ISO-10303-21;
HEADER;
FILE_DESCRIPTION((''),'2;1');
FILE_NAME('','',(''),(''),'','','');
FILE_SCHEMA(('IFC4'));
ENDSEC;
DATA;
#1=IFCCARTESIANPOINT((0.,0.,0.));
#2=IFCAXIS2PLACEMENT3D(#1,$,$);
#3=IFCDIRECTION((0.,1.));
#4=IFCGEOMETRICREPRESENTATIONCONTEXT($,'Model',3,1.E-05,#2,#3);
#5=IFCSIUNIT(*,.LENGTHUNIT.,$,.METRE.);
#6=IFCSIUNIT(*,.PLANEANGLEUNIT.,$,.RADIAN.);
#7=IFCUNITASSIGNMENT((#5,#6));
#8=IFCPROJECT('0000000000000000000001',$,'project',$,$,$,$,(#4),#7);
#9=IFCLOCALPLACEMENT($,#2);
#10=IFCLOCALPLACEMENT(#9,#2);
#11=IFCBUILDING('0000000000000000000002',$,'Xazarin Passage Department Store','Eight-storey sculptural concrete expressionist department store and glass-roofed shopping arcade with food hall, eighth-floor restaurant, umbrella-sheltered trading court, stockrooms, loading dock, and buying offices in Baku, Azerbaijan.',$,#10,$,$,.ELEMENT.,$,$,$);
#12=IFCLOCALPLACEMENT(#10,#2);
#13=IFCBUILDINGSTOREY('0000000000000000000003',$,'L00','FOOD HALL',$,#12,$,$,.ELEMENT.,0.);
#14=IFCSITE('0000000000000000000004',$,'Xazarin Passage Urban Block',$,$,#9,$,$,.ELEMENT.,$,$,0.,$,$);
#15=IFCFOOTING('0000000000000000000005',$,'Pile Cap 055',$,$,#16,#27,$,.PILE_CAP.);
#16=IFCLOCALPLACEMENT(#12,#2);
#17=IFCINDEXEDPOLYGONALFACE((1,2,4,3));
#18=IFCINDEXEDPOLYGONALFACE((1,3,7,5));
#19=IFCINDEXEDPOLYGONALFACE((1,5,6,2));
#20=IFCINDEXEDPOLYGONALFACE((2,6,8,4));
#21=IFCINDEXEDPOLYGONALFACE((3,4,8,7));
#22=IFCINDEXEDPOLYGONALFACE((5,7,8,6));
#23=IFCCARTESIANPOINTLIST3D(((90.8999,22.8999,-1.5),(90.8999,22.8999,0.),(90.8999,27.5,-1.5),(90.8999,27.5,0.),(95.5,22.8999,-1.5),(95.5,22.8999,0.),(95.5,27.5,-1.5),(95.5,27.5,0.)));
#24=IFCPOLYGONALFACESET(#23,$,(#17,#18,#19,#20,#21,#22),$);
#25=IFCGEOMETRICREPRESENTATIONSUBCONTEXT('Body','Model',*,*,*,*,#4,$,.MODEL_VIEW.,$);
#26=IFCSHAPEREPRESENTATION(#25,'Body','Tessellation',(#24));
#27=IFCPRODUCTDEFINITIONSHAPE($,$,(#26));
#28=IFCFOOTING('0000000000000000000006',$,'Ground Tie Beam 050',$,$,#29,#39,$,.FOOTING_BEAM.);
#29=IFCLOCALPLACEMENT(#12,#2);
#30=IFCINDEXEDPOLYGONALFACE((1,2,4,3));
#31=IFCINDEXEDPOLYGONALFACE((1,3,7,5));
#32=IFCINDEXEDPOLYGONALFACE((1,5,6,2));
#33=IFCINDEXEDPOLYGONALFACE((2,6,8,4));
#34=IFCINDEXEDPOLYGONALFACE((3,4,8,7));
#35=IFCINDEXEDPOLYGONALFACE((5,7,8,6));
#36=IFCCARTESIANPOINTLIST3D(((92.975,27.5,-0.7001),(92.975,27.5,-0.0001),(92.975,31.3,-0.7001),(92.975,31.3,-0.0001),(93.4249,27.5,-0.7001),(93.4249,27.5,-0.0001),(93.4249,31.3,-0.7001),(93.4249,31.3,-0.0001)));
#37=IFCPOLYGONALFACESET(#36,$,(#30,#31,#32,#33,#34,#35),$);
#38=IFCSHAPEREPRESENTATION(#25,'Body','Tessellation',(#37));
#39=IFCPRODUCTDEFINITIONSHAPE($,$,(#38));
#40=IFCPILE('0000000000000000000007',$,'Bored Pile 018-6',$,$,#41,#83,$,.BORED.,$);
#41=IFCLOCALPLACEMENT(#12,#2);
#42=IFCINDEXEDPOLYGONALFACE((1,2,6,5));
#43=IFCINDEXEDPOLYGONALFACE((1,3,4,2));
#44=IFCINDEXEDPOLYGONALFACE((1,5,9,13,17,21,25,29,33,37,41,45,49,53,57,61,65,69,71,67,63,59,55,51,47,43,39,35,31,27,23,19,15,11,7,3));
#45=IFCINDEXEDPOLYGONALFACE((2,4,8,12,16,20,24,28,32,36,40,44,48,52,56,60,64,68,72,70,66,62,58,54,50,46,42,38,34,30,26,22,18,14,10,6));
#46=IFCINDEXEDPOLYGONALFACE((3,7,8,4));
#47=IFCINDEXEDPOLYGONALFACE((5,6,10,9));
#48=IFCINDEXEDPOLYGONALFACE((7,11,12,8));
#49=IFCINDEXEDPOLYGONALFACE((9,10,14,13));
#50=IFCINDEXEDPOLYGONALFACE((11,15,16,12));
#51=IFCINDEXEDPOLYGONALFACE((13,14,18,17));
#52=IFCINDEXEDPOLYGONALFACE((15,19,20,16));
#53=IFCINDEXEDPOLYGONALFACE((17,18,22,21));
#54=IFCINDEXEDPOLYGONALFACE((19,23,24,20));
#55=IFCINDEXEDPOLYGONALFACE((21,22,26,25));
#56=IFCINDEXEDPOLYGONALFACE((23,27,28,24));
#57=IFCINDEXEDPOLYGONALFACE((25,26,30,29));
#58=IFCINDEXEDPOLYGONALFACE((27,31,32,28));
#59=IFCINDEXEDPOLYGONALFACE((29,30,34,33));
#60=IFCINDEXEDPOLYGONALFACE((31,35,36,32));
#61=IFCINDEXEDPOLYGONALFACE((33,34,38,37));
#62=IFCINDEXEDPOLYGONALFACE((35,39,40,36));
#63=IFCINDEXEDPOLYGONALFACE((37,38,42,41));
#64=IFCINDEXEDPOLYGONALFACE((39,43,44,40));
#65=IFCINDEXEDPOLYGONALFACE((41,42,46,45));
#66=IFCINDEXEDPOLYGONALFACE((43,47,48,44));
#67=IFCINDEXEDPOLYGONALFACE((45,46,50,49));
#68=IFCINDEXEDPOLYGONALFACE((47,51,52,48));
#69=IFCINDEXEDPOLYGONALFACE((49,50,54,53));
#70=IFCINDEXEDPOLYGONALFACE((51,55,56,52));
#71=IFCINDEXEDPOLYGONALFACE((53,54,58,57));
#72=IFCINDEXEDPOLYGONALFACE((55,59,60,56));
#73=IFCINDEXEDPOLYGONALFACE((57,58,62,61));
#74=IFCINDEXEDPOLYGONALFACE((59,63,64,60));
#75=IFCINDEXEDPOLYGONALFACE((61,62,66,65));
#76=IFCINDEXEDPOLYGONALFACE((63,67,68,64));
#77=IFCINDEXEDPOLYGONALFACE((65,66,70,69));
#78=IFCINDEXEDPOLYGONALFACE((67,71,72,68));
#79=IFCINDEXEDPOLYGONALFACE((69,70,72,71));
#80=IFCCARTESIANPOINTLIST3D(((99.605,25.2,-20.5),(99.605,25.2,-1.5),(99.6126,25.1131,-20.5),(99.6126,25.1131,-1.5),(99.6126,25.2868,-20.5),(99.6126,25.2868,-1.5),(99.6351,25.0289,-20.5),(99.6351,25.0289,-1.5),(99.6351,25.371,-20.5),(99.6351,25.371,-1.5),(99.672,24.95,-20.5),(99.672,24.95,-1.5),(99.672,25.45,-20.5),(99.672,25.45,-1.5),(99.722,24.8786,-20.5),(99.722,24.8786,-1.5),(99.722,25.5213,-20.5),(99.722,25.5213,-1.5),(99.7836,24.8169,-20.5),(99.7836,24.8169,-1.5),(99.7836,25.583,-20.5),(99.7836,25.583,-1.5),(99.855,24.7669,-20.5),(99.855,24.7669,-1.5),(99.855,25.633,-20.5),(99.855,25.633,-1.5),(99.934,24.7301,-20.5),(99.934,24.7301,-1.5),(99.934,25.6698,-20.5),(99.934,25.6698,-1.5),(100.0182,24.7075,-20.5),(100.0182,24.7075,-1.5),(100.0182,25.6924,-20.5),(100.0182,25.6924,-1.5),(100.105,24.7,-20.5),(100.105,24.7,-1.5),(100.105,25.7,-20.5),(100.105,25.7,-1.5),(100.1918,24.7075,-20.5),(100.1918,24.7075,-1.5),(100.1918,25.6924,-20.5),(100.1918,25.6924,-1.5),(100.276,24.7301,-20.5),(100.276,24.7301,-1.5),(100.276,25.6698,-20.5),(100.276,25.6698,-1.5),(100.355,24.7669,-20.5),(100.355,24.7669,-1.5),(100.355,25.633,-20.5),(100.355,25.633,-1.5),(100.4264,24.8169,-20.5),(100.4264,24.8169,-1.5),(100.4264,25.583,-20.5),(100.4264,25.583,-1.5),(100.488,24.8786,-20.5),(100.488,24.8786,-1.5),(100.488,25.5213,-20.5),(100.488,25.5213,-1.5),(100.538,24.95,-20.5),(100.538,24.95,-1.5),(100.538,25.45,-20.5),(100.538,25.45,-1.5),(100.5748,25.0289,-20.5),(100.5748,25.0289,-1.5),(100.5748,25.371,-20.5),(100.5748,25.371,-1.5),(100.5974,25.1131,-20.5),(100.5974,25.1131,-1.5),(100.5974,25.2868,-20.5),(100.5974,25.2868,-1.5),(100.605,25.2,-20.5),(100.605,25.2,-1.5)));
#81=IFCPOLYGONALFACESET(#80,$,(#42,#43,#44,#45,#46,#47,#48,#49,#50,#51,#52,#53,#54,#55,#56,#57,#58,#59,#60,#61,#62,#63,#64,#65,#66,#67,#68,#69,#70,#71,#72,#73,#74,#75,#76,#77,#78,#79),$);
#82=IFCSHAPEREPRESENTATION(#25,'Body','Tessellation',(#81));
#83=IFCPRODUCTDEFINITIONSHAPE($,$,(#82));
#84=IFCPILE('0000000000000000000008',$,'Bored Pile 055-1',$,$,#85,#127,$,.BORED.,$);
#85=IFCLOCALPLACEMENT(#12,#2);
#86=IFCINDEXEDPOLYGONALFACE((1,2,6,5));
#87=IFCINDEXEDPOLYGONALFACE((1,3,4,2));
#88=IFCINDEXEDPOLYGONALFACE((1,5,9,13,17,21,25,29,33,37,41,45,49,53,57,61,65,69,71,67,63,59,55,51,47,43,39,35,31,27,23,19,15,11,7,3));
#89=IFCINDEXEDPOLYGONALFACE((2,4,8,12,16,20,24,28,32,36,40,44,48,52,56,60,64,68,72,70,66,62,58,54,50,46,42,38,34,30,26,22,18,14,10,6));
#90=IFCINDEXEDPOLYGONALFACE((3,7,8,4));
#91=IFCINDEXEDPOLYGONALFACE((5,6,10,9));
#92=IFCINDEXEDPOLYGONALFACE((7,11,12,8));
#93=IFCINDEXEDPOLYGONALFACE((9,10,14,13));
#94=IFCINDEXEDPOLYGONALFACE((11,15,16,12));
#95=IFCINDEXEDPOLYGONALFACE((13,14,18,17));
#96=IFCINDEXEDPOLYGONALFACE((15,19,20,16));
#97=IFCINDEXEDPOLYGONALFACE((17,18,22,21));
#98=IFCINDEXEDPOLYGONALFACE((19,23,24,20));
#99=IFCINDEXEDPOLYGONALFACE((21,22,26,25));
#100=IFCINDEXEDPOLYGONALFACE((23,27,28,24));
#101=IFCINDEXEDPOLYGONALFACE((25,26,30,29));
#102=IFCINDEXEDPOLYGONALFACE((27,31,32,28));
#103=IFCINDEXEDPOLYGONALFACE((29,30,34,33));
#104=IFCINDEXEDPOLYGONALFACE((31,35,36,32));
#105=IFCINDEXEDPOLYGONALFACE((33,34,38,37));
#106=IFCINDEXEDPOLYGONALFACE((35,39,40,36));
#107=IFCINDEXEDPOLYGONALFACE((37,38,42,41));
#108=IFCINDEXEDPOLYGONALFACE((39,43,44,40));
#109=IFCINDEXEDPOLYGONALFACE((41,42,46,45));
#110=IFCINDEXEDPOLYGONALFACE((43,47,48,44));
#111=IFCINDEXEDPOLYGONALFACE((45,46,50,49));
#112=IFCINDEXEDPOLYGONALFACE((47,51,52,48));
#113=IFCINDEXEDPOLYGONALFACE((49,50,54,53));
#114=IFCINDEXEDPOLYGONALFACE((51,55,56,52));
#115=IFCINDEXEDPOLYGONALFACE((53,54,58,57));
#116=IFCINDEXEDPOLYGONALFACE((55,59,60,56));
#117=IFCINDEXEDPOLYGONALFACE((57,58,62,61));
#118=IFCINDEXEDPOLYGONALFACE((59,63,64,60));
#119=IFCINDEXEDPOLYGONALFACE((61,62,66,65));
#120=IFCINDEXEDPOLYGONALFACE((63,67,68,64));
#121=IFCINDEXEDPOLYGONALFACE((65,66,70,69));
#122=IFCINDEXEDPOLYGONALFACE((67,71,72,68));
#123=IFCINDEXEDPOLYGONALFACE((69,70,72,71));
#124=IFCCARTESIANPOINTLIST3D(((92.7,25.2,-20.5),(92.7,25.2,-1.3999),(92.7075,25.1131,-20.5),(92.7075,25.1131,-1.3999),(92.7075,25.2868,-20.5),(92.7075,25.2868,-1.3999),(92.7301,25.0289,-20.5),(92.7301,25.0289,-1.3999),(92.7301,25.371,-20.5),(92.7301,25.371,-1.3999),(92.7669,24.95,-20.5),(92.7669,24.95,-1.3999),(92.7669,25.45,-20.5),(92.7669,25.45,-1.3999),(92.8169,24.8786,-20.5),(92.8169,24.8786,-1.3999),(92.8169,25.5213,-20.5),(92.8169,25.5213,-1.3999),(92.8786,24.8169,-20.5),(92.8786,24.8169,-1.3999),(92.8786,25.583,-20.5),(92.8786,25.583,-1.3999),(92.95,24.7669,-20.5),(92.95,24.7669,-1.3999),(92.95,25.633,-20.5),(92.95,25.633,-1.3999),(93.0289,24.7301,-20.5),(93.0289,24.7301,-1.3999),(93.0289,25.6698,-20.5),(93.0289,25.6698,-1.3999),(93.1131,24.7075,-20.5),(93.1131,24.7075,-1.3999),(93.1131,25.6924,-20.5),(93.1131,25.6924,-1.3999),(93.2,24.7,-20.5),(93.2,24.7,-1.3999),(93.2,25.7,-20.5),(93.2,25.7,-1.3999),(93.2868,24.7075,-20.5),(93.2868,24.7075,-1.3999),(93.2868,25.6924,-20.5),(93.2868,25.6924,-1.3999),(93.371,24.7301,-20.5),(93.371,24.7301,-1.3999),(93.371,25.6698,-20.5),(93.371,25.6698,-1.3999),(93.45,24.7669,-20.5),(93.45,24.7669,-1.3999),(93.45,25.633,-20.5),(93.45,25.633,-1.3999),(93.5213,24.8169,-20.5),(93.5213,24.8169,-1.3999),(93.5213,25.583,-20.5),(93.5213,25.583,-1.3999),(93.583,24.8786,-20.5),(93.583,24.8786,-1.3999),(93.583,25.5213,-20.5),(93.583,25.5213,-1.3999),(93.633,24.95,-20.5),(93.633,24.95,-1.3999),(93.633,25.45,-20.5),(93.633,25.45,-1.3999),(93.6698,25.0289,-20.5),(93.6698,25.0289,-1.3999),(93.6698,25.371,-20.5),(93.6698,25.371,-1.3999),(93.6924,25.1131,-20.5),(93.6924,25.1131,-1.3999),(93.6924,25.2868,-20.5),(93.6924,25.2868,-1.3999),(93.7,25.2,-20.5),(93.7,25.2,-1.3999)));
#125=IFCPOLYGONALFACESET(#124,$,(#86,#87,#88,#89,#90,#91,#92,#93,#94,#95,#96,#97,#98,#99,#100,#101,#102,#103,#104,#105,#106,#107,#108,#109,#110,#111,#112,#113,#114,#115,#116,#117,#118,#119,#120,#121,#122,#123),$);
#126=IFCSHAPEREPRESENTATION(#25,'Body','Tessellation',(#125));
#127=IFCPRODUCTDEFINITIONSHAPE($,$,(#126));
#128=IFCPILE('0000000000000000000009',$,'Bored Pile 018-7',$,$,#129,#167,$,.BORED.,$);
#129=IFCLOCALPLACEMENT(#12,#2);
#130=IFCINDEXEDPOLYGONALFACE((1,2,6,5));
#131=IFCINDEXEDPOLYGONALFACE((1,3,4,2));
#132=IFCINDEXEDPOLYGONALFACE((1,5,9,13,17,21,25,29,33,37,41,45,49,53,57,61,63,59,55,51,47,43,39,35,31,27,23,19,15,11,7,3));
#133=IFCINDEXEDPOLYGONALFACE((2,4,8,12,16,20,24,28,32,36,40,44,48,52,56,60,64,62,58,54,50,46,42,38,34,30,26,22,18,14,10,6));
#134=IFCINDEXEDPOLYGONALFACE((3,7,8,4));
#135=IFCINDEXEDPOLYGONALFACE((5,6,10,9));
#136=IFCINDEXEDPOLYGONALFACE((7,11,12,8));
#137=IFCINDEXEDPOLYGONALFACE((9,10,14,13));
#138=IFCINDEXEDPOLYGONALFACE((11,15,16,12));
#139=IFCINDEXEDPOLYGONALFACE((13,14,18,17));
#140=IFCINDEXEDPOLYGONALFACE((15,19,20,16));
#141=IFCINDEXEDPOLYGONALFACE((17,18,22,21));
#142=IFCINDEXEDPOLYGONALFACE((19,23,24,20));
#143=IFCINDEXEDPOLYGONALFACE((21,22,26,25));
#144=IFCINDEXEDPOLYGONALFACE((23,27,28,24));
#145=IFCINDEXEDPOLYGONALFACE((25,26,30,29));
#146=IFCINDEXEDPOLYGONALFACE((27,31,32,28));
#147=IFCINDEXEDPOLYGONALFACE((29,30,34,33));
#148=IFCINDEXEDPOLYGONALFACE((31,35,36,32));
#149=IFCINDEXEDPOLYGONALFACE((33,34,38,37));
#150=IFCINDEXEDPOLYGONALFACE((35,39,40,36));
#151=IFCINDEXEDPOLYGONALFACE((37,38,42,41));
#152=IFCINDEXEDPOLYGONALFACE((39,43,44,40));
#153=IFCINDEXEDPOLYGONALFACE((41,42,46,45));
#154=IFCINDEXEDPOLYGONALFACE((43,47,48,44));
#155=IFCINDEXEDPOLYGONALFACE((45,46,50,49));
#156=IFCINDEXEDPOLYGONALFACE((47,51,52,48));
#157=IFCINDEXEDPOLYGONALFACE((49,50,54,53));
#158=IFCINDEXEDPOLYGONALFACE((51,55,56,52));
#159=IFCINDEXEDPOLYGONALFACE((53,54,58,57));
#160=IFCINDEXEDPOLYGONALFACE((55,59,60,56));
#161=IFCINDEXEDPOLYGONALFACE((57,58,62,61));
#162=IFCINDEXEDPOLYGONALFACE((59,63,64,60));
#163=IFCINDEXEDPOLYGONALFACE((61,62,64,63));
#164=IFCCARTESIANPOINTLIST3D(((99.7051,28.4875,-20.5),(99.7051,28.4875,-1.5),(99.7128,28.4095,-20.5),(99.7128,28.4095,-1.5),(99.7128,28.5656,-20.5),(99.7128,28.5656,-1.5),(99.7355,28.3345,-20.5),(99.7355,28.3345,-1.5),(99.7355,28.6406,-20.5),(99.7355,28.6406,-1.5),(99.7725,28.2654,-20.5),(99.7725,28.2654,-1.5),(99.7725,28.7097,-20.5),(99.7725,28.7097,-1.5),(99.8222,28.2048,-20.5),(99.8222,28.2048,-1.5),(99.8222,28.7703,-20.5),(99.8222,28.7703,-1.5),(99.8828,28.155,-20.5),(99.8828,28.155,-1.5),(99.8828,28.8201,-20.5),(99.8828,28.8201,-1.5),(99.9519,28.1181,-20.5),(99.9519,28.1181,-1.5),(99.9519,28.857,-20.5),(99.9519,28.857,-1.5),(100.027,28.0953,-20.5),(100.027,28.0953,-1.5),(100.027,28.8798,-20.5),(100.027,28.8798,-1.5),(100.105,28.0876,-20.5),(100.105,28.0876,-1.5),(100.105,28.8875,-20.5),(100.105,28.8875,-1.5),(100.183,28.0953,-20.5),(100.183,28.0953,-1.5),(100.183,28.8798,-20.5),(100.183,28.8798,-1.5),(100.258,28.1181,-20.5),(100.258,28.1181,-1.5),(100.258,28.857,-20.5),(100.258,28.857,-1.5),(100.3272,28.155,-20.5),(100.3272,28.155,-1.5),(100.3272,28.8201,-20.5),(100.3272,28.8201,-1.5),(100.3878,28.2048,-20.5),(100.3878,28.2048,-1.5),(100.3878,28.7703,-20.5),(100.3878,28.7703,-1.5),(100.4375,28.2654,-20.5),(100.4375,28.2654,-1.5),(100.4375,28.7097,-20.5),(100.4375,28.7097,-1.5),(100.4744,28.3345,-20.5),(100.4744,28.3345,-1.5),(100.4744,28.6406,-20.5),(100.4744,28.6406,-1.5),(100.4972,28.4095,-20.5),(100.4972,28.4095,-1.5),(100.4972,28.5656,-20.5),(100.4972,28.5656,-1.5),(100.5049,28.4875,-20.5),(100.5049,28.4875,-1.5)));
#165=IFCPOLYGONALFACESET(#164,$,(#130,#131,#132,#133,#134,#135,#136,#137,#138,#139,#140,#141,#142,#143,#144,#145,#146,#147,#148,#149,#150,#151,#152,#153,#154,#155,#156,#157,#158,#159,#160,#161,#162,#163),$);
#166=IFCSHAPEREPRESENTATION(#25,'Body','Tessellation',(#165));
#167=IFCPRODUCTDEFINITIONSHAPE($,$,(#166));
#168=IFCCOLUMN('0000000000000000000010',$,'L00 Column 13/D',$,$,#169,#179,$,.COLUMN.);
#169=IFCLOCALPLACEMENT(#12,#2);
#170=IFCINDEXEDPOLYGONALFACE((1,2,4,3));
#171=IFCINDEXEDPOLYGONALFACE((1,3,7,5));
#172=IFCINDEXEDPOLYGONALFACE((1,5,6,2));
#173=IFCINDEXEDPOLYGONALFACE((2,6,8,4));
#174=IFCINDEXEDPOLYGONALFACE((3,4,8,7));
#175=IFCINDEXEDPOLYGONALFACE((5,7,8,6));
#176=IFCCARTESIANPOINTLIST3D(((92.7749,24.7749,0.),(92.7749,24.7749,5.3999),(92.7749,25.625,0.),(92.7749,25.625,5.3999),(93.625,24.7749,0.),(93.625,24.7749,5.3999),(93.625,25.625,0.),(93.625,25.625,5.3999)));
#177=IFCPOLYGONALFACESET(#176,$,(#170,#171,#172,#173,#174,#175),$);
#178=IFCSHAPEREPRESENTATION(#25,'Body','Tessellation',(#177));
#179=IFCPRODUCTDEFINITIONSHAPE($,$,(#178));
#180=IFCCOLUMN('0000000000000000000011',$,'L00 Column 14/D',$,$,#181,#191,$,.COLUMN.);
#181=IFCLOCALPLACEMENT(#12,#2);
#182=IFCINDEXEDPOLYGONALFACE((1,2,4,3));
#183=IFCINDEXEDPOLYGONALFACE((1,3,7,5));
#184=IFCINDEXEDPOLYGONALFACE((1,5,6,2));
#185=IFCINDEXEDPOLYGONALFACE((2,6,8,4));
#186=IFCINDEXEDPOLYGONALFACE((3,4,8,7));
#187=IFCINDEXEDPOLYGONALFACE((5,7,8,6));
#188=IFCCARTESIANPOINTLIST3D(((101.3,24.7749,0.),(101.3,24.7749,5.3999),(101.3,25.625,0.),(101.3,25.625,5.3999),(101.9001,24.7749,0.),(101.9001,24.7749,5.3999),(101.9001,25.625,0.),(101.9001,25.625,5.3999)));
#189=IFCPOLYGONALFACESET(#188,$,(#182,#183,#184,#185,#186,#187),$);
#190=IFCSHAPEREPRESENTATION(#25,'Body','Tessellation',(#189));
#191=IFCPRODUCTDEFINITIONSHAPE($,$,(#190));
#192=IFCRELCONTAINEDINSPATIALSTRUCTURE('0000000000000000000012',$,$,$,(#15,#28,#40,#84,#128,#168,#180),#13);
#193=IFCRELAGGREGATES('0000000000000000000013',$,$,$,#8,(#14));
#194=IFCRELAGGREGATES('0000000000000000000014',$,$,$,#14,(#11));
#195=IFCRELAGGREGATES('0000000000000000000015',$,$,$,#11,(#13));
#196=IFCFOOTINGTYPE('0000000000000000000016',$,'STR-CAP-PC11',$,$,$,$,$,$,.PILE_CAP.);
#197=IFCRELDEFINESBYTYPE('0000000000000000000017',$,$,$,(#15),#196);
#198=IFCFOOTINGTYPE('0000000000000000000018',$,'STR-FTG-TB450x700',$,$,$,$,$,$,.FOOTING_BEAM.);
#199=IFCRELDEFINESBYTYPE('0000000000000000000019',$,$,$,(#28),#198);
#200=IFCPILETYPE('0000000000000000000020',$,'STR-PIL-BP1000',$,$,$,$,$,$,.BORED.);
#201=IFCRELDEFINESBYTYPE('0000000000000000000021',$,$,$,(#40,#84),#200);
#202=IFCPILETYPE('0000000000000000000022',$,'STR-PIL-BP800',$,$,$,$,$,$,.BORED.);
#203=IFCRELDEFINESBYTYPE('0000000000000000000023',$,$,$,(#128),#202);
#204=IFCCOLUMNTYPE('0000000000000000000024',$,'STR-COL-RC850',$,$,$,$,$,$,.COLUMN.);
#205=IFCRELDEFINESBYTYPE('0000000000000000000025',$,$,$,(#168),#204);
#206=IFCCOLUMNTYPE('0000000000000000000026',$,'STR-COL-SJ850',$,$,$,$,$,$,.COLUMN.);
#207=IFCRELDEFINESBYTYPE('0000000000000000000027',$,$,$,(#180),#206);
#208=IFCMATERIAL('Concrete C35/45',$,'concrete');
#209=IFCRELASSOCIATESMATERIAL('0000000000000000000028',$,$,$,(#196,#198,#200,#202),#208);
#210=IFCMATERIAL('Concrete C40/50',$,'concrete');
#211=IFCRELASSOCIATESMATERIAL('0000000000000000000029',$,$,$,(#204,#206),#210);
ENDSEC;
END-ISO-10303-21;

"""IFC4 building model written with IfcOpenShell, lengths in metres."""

from ifc_helpers import new_model, si_unit, direction, frame, origin, origin_2d, place, context, subcontext, project, spatial, rectangle, circle, extrude, material, material_profile, profile_set, type_object, element, save


model = new_model("IFC4")

# Units and contexts
model_context = context("Model", 3, precision=1e-05, world=origin(), true_north=direction((0.0, 1.0)))
body_context = subcontext(model_context, "Body", "Model", "MODEL_VIEW")
ifc_project = project(units=[si_unit("LENGTHUNIT", "METRE"), si_unit("PLANEANGLEUNIT", "RADIAN")], contexts=[model_context])

# Site, building, storey
site_placement = place(None, origin())
site = spatial("IfcSite", under=ifc_project, at=site_placement, Name="Xazarin Passage Urban Block", CompositionType="ELEMENT", RefElevation=0.0)
building_placement = place(site_placement, origin())
building = spatial("IfcBuilding", under=site, at=building_placement, Name="Xazarin Passage Department Store", Description="Eight-storey sculptural concrete expressionist department store and glass-roofed shopping arcade with food hall, eighth-floor restaurant, umbrella-sheltered trading court, stockrooms, loading dock, and buying offices in Baku, Azerbaijan.", CompositionType="ELEMENT")
storey_placement = place(building_placement, origin())
storey = spatial("IfcBuildingStorey", under=building, at=storey_placement, Name="L00", Description="FOOD HALL", CompositionType="ELEMENT", Elevation=0.0)

# Footings
ifc_material_1 = material(Name="Concrete C35/45", Category="concrete")
footing_type_1 = type_object("IfcFootingType", Name="STR-CAP-PC11", PredefinedType="PILE_CAP", material=ifc_material_1)
footing_1_placement = place(storey_placement, frame((93.2, 25.2, -1.5), z_axis=(0.0, 0.0, 1.0), x_axis=(1.0, 0.0, 0.0)))
element("IfcFooting", 1, at=footing_1_placement, inside=storey, type_object=footing_type_1, Name="Pile Cap 055", PredefinedType="PILE_CAP", context=body_context, shape_type="SweptSolid", body=[
    extrude(rectangle(XDim=4.6001, YDim=4.6001, at=origin_2d()), origin(), (0.0, 0.0, 1.0), 1.5),
])
ifc_material_profile_1 = material_profile(ifc_material_1, rectangle(XDim=0.45, YDim=0.7, at=origin_2d()), Name="RC 450x700")
ifc_profile_set_1 = profile_set([ifc_material_profile_1], Name="Concrete C35/45")
footing_type_2 = type_object("IfcFootingType", Name="STR-FTG-TB450x700", PredefinedType="FOOTING_BEAM", material=ifc_profile_set_1)
footing_2_placement = place(storey_placement, frame((93.2, 27.5, -0.3501), z_axis=(0.0, 1.0, 0.0), x_axis=(-1.0, 0.0, 0.0)))
element("IfcFooting", 2, at=footing_2_placement, inside=storey, type_object=footing_type_2, Name="Ground Tie Beam 050", PredefinedType="FOOTING_BEAM", context=body_context, shape_type="SweptSolid", body=[
    extrude(rectangle(XDim=0.45, YDim=0.7, at=origin_2d()), origin(), (0.0, 0.0, 1.0), 3.8),
])

# Piles
ifc_material_profile_2 = material_profile(ifc_material_1, circle(Radius=0.5, at=origin_2d()), Name="BP 1000")
ifc_profile_set_2 = profile_set([ifc_material_profile_2], Name="Concrete C35/45")
pile_type_1 = type_object("IfcPileType", Name="STR-PIL-BP1000", PredefinedType="BORED", material=ifc_profile_set_2)
pile_1_placement = place(storey_placement, frame((100.105, 25.2, -1.5), z_axis=(0.0, 0.0, -1.0), x_axis=(1.0, 0.0, 0.0)))
element("IfcPile", 3, at=pile_1_placement, inside=storey, type_object=pile_type_1, Name="Bored Pile 018-6", PredefinedType="BORED", context=body_context, shape_type="SweptSolid", body=[
    extrude(circle(Radius=0.5, at=origin_2d()), origin(), (0.0, 0.0, 1.0), 19.0),
])
pile_2_placement = place(storey_placement, frame((93.2, 25.2, -1.3999), z_axis=(0.0, 0.0, -1.0), x_axis=(1.0, 0.0, 0.0)))
element("IfcPile", 4, at=pile_2_placement, inside=storey, type_object=pile_type_1, Name="Bored Pile 055-1", PredefinedType="BORED", context=body_context, shape_type="SweptSolid", body=[
    extrude(circle(Radius=0.5, at=origin_2d()), origin(), (0.0, 0.0, 1.0), 19.1001),
])
ifc_material_profile_3 = material_profile(ifc_material_1, circle(Radius=0.3999, at=origin_2d()), Name="BP 800")
ifc_profile_set_3 = profile_set([ifc_material_profile_3], Name="Concrete C35/45")
pile_type_2 = type_object("IfcPileType", Name="STR-PIL-BP800", PredefinedType="BORED", material=ifc_profile_set_3)
pile_3_placement = place(storey_placement, frame((100.105, 28.4875, -1.5), z_axis=(0.0, 0.0, -1.0), x_axis=(1.0, 0.0, 0.0)))
element("IfcPile", 5, at=pile_3_placement, inside=storey, type_object=pile_type_2, Name="Bored Pile 018-7", PredefinedType="BORED", context=body_context, shape_type="SweptSolid", body=[
    extrude(circle(Radius=0.3999, at=origin_2d()), origin(), (0.0, 0.0, 1.0), 19.0),
])

# Columns
ifc_material_2 = material(Name="Concrete C40/50", Category="concrete")
ifc_material_profile_4 = material_profile(ifc_material_2, rectangle(XDim=0.8501, YDim=0.8501, at=origin_2d()), Name="RC 850x850")
ifc_profile_set_4 = profile_set([ifc_material_profile_4], Name="Concrete C40/50")
column_type_1 = type_object("IfcColumnType", Name="STR-COL-RC850", PredefinedType="COLUMN", material=ifc_profile_set_4)
column_1_placement = place(storey_placement, frame((93.2, 25.2, 0.0), z_axis=(0.0, 0.0, 1.0), x_axis=(1.0, 0.0, 0.0)))
element("IfcColumn", 6, at=column_1_placement, inside=storey, type_object=column_type_1, Name="L00 Column 13/D", PredefinedType="COLUMN", context=body_context, shape_type="SweptSolid", body=[
    extrude(rectangle(XDim=0.8501, YDim=0.8501, at=origin_2d()), origin(), (0.0, 0.0, 1.0), 5.3999),
])
ifc_material_profile_5 = material_profile(ifc_material_2, rectangle(XDim=0.6001, YDim=0.8501, at=origin_2d()), Name="RC 600x850")
ifc_profile_set_5 = profile_set([ifc_material_profile_5], Name="Concrete C40/50")
column_type_2 = type_object("IfcColumnType", Name="STR-COL-SJ850", PredefinedType="COLUMN", material=ifc_profile_set_5)
column_2_placement = place(storey_placement, frame((101.6001, 25.2, 0.0), z_axis=(0.0, 0.0, 1.0), x_axis=(1.0, 0.0, 0.0)))
element("IfcColumn", 7, at=column_2_placement, inside=storey, type_object=column_type_2, Name="L00 Column 14/D", PredefinedType="COLUMN", context=body_context, shape_type="SweptSolid", body=[
    extrude(rectangle(XDim=0.6001, YDim=0.8501, at=origin_2d()), origin(), (0.0, 0.0, 1.0), 5.3999),
])

save(model, "model.ifc")
